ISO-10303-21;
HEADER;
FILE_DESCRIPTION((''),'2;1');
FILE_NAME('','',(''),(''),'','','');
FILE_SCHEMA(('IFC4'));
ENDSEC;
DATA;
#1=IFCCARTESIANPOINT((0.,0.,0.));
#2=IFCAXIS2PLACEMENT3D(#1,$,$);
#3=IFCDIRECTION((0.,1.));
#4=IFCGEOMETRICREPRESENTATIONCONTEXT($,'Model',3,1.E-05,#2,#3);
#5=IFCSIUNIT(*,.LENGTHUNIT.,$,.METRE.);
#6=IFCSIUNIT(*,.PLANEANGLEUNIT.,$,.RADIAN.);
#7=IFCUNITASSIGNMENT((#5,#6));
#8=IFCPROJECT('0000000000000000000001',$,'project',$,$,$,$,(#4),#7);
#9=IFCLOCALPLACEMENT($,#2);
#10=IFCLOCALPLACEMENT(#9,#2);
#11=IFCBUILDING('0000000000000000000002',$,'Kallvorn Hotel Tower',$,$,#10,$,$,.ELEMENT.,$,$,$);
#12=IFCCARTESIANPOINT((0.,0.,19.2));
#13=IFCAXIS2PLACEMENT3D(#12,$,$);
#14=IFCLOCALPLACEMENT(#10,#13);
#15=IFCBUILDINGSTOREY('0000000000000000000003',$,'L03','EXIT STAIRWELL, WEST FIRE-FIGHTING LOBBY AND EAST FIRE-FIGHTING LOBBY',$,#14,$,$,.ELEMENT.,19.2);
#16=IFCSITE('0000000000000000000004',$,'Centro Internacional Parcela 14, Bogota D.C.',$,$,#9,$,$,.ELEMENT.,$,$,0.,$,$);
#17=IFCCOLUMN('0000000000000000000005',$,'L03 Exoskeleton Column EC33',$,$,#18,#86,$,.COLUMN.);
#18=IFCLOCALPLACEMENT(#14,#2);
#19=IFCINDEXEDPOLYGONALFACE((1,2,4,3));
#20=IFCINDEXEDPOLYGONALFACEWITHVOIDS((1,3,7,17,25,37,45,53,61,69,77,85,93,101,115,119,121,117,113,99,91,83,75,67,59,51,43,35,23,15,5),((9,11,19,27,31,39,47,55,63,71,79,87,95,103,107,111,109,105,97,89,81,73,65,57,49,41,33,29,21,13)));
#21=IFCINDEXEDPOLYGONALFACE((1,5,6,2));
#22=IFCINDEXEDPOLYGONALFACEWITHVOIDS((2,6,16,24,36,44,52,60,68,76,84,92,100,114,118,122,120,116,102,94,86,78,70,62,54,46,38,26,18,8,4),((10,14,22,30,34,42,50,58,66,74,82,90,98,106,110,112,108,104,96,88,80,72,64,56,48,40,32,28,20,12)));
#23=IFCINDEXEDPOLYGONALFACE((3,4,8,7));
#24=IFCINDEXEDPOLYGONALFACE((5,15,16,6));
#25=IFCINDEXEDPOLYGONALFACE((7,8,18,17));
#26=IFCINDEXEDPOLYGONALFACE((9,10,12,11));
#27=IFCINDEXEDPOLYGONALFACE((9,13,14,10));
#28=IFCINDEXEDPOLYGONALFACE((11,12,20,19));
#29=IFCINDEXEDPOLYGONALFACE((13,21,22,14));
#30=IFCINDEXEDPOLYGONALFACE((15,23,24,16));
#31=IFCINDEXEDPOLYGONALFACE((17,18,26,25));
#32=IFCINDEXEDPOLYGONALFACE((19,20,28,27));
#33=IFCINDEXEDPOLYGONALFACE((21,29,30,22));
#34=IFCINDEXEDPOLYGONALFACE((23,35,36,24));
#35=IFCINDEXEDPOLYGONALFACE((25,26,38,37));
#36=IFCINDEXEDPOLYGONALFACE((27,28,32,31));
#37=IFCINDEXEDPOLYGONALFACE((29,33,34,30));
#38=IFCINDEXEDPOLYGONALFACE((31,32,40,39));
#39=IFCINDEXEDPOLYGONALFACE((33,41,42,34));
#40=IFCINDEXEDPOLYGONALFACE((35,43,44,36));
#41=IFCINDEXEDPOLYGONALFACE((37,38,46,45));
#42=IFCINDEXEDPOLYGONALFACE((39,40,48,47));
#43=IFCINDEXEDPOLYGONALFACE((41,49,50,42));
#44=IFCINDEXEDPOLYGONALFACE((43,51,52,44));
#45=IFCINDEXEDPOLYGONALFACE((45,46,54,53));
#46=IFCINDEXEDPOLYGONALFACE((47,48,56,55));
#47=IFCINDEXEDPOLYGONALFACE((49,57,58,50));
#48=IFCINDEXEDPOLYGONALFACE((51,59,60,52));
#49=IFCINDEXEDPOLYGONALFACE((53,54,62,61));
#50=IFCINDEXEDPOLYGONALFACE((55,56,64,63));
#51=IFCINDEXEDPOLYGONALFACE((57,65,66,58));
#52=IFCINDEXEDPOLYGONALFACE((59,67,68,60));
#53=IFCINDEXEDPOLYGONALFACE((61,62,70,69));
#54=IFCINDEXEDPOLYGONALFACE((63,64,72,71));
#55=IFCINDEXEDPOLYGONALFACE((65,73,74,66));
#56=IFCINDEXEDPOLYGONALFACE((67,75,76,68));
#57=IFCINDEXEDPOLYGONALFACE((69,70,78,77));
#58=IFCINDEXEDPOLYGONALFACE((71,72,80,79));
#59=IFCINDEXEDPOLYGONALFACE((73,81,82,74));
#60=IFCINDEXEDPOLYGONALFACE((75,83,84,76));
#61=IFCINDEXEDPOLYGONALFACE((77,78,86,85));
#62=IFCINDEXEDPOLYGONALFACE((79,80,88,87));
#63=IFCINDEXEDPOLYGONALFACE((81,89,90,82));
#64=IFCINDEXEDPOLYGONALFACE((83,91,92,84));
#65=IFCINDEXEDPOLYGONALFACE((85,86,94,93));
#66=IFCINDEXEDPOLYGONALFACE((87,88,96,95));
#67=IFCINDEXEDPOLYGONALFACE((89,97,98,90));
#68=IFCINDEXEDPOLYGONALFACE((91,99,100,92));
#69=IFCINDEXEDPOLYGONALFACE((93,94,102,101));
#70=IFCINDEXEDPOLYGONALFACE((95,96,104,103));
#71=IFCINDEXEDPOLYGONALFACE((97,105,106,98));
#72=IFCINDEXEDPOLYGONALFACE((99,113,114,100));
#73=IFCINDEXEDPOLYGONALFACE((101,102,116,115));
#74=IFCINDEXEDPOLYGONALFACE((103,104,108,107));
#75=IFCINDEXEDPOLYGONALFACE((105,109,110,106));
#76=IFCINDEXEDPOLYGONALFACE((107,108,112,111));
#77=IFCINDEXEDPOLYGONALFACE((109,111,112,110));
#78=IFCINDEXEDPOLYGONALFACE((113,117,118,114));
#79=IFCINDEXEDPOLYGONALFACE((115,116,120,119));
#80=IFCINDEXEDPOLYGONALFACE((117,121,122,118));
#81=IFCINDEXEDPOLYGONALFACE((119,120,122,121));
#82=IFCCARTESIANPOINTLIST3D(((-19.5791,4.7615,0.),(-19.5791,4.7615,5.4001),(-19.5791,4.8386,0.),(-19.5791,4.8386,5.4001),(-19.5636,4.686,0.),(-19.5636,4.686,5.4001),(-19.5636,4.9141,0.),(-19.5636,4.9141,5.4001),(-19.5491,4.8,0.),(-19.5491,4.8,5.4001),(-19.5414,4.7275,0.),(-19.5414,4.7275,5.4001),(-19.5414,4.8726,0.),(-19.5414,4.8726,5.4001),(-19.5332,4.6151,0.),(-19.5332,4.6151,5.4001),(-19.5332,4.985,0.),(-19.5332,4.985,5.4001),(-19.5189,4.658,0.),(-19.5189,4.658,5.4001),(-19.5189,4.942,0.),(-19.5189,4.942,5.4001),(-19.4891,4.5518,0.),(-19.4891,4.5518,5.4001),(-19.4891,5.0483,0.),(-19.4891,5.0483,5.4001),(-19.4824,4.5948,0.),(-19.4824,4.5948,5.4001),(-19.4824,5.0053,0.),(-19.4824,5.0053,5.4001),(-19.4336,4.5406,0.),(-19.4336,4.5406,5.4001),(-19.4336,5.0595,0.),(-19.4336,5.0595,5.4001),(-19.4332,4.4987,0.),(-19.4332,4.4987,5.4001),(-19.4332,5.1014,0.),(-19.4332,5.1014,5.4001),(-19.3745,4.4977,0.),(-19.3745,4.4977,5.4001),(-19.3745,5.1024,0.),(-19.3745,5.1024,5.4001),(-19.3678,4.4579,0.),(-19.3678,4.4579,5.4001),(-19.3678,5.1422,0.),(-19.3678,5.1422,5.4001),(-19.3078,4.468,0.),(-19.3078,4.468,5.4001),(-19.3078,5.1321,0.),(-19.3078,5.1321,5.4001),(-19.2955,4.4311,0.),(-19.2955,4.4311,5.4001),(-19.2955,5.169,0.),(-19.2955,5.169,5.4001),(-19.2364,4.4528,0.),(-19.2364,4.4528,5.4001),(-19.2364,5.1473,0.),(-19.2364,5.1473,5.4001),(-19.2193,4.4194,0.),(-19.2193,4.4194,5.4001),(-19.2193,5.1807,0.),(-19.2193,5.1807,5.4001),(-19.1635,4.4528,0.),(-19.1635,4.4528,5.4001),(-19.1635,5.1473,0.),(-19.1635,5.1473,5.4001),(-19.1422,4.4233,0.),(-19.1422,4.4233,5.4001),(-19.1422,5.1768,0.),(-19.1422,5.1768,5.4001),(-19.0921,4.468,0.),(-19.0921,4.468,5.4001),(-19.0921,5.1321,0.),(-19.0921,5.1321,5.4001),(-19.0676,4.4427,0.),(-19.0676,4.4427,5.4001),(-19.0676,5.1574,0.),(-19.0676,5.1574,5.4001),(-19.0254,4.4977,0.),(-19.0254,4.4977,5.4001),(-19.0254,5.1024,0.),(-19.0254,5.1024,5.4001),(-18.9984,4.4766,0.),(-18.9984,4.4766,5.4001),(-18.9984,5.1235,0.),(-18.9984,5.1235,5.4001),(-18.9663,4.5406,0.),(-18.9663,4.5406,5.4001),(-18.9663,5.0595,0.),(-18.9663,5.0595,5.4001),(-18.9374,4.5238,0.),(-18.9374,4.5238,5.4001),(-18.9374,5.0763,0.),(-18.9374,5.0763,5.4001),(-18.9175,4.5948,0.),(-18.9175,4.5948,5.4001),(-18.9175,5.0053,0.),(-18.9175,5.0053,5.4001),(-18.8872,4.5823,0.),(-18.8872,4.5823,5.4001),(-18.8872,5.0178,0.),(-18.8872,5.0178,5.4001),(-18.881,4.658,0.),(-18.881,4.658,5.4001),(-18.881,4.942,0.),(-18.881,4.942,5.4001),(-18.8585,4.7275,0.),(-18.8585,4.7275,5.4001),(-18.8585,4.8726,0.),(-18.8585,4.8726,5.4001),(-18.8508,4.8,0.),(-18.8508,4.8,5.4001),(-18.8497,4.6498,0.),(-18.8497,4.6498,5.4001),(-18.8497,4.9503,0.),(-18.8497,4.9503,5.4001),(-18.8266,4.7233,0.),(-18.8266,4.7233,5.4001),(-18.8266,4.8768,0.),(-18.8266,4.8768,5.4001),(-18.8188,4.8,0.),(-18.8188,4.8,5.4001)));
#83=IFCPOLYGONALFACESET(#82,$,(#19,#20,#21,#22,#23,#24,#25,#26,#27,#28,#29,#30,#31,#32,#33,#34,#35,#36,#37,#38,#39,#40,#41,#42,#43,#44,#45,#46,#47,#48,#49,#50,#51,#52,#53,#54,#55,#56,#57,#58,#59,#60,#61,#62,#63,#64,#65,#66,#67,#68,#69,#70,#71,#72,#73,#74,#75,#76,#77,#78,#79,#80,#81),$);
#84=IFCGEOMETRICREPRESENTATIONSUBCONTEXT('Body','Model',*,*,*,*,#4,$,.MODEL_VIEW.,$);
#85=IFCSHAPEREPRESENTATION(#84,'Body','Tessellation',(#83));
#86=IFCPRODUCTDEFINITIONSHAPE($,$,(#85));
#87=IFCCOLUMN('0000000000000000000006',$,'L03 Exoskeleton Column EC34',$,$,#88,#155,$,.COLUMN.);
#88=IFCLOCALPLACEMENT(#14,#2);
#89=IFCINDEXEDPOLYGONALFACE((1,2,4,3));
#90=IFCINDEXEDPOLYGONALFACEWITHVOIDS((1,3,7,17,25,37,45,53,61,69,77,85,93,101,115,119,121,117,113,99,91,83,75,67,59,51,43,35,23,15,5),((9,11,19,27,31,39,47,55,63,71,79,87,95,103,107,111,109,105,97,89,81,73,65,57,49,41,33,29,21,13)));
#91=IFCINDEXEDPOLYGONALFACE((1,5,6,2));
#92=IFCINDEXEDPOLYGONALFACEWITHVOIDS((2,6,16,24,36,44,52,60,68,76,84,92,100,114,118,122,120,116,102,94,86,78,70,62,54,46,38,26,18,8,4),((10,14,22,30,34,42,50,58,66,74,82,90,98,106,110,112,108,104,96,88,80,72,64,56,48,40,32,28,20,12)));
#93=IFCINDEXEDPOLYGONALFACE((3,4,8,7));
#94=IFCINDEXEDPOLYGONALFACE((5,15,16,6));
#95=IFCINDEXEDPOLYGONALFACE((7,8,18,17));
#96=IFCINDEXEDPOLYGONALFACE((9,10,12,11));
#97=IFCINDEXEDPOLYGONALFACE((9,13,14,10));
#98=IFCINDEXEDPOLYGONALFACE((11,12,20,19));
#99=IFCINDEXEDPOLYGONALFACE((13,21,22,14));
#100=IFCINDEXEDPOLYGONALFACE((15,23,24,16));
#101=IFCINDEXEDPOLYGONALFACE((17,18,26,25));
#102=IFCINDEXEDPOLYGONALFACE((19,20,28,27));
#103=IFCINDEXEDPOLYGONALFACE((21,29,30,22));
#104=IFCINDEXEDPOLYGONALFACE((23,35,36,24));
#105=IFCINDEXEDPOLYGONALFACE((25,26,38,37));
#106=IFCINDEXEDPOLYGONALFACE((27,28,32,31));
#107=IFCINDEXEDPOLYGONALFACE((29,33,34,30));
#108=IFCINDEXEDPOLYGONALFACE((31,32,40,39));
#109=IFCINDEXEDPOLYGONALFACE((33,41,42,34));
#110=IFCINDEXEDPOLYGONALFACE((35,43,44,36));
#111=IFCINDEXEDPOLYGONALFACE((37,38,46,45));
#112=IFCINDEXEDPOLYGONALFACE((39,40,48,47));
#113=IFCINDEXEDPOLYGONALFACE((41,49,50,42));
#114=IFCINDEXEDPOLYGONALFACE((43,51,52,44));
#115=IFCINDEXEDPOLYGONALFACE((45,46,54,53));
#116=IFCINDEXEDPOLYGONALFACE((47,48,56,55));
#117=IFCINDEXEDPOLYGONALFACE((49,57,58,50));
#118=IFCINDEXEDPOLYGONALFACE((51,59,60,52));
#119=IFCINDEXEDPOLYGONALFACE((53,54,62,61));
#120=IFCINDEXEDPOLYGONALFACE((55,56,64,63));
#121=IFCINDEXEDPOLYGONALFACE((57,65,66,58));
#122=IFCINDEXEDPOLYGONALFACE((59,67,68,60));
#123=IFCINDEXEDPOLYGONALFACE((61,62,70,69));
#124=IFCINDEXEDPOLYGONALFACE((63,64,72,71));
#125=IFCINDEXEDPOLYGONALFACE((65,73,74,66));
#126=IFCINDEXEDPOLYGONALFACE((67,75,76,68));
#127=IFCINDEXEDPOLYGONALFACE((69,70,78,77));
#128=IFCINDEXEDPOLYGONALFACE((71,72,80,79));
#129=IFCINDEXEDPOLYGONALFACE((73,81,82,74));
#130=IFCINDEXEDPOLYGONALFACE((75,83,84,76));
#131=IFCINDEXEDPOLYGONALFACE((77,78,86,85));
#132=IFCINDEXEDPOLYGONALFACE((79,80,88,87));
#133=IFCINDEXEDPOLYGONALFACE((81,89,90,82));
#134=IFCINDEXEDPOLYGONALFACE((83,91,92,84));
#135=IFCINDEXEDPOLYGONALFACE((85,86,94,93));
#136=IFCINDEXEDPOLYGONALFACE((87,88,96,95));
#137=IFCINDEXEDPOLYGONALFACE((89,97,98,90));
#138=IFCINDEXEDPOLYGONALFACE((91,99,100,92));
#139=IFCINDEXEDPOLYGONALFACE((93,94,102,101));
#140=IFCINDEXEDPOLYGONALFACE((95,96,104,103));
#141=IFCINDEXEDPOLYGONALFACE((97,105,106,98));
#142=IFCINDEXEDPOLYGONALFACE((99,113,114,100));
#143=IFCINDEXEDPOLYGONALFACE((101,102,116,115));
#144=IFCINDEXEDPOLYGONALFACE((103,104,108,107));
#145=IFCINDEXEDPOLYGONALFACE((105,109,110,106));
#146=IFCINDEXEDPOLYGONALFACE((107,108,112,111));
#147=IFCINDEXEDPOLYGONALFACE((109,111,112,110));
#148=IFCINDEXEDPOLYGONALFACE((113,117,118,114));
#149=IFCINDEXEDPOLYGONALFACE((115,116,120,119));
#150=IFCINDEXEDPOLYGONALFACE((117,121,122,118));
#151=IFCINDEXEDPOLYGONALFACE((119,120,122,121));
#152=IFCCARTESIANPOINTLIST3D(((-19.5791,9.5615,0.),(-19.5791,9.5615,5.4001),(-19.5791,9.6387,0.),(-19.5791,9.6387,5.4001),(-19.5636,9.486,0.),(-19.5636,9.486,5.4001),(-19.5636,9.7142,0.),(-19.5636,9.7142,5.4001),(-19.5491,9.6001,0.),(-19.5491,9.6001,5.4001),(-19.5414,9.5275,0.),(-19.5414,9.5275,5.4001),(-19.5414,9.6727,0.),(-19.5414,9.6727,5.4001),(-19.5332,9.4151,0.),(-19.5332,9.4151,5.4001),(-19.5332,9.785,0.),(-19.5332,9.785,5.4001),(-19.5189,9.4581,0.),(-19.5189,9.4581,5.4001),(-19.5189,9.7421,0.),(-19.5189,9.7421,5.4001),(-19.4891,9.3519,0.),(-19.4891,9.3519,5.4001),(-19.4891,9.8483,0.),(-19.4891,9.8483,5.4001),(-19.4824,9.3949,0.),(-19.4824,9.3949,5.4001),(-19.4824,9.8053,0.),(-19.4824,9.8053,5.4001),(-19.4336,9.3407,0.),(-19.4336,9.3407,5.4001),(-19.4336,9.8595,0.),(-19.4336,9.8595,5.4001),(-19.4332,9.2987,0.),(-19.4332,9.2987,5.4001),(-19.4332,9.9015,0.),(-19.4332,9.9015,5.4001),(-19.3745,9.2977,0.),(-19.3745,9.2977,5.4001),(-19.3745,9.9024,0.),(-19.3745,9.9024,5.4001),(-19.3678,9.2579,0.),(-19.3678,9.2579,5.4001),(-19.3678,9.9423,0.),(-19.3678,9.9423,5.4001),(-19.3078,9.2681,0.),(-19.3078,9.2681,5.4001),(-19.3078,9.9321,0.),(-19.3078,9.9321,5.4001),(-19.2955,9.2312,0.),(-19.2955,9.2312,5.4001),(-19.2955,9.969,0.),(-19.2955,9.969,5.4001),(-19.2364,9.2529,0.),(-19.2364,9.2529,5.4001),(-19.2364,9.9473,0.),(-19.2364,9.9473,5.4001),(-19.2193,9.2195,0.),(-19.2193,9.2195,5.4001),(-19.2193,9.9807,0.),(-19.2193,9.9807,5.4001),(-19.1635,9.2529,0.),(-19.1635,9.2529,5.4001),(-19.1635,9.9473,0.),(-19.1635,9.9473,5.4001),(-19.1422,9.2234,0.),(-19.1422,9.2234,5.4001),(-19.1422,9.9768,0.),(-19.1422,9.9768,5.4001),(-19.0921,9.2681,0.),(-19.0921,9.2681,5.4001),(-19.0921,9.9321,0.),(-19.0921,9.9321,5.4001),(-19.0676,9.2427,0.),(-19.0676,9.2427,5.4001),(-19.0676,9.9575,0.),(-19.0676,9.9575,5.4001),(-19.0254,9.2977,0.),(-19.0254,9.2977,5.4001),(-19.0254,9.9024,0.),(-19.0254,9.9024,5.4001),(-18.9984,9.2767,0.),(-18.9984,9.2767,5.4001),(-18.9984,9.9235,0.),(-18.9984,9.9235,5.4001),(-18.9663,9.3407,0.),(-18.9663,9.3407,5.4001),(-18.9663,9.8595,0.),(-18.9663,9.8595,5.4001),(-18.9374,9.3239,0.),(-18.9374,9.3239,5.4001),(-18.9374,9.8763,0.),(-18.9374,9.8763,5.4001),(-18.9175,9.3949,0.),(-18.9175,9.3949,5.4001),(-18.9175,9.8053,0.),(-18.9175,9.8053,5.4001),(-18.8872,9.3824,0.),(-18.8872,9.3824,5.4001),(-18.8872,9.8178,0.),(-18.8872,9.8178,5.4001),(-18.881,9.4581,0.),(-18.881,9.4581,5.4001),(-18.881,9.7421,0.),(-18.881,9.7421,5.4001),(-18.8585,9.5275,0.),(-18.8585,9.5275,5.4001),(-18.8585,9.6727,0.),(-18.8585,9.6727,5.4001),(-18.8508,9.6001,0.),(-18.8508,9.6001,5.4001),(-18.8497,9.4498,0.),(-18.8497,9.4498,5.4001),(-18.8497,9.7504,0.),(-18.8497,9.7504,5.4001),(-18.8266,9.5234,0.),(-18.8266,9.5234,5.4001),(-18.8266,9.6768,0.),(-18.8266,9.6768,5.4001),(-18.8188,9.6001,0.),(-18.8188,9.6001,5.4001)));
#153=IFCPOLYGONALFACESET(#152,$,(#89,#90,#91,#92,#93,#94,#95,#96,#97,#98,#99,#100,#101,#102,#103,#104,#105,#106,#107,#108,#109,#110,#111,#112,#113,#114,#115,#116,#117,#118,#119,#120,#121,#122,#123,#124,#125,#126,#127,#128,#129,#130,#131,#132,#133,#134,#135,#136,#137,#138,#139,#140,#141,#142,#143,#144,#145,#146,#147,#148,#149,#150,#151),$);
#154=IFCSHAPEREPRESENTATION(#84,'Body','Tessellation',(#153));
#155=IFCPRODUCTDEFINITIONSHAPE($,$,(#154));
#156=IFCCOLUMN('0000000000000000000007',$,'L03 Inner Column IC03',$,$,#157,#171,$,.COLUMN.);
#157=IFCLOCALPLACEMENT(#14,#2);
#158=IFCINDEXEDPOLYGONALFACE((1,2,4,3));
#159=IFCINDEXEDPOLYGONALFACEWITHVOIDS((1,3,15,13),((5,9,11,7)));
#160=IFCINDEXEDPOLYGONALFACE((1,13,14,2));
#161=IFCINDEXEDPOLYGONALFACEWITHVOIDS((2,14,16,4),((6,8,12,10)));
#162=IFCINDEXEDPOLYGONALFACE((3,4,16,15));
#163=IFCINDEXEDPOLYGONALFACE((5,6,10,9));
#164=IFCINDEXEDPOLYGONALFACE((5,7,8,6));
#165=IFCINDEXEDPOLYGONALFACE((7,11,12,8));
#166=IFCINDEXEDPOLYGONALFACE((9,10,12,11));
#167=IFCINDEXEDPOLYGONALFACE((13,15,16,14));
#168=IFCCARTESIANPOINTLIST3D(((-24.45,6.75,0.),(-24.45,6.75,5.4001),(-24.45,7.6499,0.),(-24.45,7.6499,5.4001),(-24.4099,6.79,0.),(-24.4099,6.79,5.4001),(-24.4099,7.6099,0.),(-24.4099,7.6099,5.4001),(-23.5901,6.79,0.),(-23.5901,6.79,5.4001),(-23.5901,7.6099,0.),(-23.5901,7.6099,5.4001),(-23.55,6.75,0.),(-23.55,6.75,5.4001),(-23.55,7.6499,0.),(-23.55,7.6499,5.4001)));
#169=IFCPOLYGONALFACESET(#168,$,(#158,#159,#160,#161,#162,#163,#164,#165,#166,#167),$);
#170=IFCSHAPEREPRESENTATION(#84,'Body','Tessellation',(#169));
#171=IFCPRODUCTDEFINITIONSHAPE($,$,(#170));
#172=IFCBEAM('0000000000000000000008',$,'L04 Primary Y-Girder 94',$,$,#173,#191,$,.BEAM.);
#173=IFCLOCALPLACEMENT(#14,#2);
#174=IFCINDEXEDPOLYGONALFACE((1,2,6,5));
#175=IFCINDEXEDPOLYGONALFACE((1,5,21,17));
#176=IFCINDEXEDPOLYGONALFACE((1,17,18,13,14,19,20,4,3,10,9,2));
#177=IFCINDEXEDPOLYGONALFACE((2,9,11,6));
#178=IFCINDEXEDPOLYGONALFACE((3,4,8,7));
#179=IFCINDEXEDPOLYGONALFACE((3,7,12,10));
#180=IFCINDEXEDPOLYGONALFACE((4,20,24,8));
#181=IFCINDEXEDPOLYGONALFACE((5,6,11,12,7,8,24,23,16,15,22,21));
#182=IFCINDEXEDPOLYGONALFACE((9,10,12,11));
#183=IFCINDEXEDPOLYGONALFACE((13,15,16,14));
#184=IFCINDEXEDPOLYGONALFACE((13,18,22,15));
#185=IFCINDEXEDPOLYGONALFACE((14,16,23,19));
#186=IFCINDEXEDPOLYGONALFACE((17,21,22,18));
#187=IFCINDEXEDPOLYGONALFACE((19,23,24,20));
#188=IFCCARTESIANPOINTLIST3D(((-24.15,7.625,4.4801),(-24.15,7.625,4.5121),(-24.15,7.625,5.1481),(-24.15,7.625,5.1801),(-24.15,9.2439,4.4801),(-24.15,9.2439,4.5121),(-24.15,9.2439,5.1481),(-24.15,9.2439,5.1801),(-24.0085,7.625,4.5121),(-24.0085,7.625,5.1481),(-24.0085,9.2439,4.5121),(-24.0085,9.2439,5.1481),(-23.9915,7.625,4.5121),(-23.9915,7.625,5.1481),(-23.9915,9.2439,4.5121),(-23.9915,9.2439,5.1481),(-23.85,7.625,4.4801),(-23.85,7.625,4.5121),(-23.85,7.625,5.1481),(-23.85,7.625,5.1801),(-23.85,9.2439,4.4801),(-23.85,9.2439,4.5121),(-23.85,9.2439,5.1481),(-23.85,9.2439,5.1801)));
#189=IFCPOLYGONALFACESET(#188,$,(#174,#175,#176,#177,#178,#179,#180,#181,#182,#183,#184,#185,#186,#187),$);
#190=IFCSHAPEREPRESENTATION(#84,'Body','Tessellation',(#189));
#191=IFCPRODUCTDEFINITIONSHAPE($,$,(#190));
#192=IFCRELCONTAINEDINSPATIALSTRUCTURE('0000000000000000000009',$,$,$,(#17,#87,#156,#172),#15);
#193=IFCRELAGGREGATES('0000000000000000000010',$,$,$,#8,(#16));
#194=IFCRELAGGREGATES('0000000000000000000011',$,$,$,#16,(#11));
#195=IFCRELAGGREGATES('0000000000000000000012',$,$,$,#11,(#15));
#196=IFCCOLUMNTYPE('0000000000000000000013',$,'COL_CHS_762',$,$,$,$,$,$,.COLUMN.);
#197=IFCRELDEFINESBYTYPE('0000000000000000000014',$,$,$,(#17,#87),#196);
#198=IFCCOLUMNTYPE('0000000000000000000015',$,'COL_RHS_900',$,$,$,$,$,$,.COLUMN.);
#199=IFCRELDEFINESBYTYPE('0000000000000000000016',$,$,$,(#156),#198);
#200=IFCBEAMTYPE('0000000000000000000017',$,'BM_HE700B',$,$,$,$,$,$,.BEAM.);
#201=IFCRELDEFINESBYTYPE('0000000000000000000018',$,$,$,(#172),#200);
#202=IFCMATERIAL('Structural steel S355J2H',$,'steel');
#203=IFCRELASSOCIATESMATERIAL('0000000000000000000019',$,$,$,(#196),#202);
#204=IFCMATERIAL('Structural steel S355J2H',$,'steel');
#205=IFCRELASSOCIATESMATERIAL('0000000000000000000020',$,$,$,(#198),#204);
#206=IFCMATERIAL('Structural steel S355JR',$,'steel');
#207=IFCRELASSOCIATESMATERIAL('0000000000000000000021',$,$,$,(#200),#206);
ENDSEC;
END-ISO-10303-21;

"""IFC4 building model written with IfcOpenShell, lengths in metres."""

from ifc_helpers import new_model, si_unit, direction, frame, origin, origin_2d, place, context, subcontext, project, spatial, hollow_rectangle, hollow_circle, i_section, extrude, material, material_profile, profile_set, type_object, element, save


model = new_model("IFC4")

# Units and contexts
model_context = context("Model", 3, precision=1e-05, world=origin(), true_north=direction((0.0, 1.0)))
body_context = subcontext(model_context, "Body", "Model", "MODEL_VIEW")
ifc_project = project(units=[si_unit("LENGTHUNIT", "METRE"), si_unit("PLANEANGLEUNIT", "RADIAN")], contexts=[model_context])

# Site, building, storey
site_placement = place(None, origin())
site = spatial("IfcSite", under=ifc_project, at=site_placement, Name="Centro Internacional Parcela 14, Bogota D.C.", CompositionType="ELEMENT", RefElevation=0.0)
building_placement = place(site_placement, origin())
building = spatial("IfcBuilding", under=site, at=building_placement, Name="Kallvorn Hotel Tower", CompositionType="ELEMENT")
storey_placement = place(building_placement, frame((0.0, 0.0, 19.2)))
storey = spatial("IfcBuildingStorey", under=building, at=storey_placement, Name="L03", Description="EXIT STAIRWELL, WEST FIRE-FIGHTING LOBBY AND EAST FIRE-FIGHTING LOBBY", CompositionType="ELEMENT", Elevation=19.2)

# Columns
ifc_material_1 = material(Name="Structural steel S355J2H", Category="steel")
ifc_material_profile_1 = material_profile(ifc_material_1, hollow_circle(Radius=0.3811, WallThickness=0.032, at=origin_2d()), Name="CHS 762x32")
ifc_profile_set_1 = profile_set([ifc_material_profile_1], Name="Structural steel S355J2H")
column_type_1 = type_object("IfcColumnType", Name="COL_CHS_762", PredefinedType="COLUMN", material=ifc_profile_set_1)
for number, where, z_axis, x_axis, name in (
    (1, (-19.2, 4.8, 0.0), (0.0, 0.0, 1.0), (1.0, 0.0, 0.0), "L03 Exoskeleton Column EC33"),
    (2, (-19.2, 9.6001, 0.0), (0.0, 0.0, 1.0), (1.0, 0.0, 0.0), "L03 Exoskeleton Column EC34"),
):
    element("IfcColumn", number, at=place(storey_placement, frame(where, z_axis=z_axis, x_axis=x_axis)), inside=storey, type_object=column_type_1, Name=name, PredefinedType="COLUMN", context=body_context, shape_type="SweptSolid", body=[
        extrude(hollow_circle(Radius=0.3811, WallThickness=0.032, at=origin_2d()), origin(), (0.0, 0.0, 1.0), 5.4001),
    ])
ifc_material_2 = material(Name="Structural steel S355J2H", Category="steel")
ifc_material_profile_2 = material_profile(ifc_material_2, hollow_rectangle(XDim=0.8999, YDim=0.8999, WallThickness=0.04, at=origin_2d()), Name="RHS 900x900x40")
ifc_profile_set_2 = profile_set([ifc_material_profile_2], Name="Structural steel S355J2H")
column_type_2 = type_object("IfcColumnType", Name="COL_RHS_900", PredefinedType="COLUMN", material=ifc_profile_set_2)
column_placement = place(storey_placement, frame((-24.0, 7.2, 0.0), z_axis=(0.0, 0.0, 1.0), x_axis=(1.0, 0.0, 0.0)))
element("IfcColumn", 3, at=column_placement, inside=storey, type_object=column_type_2, Name="L03 Inner Column IC03", PredefinedType="COLUMN", context=body_context, shape_type="SweptSolid", body=[
    extrude(hollow_rectangle(XDim=0.8999, YDim=0.8999, WallThickness=0.04, at=origin_2d()), origin(), (0.0, 0.0, 1.0), 5.4001),
])

# Beam
ifc_material_3 = material(Name="Structural steel S355JR", Category="steel")
ifc_material_profile_3 = material_profile(ifc_material_3, i_section(OverallWidth=0.3, OverallDepth=0.7, WebThickness=0.0171, FlangeThickness=0.032, at=origin_2d()), Name="HE 700 B")
ifc_profile_set_3 = profile_set([ifc_material_profile_3], Name="Structural steel S355JR")
beam_type_1 = type_object("IfcBeamType", Name="BM_HE700B", PredefinedType="BEAM", material=ifc_profile_set_3)
beam_1_placement = place(storey_placement, frame((-24.0, 7.625, 4.8301), z_axis=(0.0, 1.0, 0.0), x_axis=(-1.0, 0.0, 0.0)))
element("IfcBeam", 4, at=beam_1_placement, inside=storey, type_object=beam_type_1, Name="L04 Primary Y-Girder 94", PredefinedType="BEAM", context=body_context, shape_type="SweptSolid", body=[
    extrude(i_section(OverallWidth=0.3, OverallDepth=0.7, WebThickness=0.0171, FlangeThickness=0.032, at=origin_2d()), origin(), (0.0, 0.0, 1.0), 1.6189),
])

save(model, "model.ifc")
